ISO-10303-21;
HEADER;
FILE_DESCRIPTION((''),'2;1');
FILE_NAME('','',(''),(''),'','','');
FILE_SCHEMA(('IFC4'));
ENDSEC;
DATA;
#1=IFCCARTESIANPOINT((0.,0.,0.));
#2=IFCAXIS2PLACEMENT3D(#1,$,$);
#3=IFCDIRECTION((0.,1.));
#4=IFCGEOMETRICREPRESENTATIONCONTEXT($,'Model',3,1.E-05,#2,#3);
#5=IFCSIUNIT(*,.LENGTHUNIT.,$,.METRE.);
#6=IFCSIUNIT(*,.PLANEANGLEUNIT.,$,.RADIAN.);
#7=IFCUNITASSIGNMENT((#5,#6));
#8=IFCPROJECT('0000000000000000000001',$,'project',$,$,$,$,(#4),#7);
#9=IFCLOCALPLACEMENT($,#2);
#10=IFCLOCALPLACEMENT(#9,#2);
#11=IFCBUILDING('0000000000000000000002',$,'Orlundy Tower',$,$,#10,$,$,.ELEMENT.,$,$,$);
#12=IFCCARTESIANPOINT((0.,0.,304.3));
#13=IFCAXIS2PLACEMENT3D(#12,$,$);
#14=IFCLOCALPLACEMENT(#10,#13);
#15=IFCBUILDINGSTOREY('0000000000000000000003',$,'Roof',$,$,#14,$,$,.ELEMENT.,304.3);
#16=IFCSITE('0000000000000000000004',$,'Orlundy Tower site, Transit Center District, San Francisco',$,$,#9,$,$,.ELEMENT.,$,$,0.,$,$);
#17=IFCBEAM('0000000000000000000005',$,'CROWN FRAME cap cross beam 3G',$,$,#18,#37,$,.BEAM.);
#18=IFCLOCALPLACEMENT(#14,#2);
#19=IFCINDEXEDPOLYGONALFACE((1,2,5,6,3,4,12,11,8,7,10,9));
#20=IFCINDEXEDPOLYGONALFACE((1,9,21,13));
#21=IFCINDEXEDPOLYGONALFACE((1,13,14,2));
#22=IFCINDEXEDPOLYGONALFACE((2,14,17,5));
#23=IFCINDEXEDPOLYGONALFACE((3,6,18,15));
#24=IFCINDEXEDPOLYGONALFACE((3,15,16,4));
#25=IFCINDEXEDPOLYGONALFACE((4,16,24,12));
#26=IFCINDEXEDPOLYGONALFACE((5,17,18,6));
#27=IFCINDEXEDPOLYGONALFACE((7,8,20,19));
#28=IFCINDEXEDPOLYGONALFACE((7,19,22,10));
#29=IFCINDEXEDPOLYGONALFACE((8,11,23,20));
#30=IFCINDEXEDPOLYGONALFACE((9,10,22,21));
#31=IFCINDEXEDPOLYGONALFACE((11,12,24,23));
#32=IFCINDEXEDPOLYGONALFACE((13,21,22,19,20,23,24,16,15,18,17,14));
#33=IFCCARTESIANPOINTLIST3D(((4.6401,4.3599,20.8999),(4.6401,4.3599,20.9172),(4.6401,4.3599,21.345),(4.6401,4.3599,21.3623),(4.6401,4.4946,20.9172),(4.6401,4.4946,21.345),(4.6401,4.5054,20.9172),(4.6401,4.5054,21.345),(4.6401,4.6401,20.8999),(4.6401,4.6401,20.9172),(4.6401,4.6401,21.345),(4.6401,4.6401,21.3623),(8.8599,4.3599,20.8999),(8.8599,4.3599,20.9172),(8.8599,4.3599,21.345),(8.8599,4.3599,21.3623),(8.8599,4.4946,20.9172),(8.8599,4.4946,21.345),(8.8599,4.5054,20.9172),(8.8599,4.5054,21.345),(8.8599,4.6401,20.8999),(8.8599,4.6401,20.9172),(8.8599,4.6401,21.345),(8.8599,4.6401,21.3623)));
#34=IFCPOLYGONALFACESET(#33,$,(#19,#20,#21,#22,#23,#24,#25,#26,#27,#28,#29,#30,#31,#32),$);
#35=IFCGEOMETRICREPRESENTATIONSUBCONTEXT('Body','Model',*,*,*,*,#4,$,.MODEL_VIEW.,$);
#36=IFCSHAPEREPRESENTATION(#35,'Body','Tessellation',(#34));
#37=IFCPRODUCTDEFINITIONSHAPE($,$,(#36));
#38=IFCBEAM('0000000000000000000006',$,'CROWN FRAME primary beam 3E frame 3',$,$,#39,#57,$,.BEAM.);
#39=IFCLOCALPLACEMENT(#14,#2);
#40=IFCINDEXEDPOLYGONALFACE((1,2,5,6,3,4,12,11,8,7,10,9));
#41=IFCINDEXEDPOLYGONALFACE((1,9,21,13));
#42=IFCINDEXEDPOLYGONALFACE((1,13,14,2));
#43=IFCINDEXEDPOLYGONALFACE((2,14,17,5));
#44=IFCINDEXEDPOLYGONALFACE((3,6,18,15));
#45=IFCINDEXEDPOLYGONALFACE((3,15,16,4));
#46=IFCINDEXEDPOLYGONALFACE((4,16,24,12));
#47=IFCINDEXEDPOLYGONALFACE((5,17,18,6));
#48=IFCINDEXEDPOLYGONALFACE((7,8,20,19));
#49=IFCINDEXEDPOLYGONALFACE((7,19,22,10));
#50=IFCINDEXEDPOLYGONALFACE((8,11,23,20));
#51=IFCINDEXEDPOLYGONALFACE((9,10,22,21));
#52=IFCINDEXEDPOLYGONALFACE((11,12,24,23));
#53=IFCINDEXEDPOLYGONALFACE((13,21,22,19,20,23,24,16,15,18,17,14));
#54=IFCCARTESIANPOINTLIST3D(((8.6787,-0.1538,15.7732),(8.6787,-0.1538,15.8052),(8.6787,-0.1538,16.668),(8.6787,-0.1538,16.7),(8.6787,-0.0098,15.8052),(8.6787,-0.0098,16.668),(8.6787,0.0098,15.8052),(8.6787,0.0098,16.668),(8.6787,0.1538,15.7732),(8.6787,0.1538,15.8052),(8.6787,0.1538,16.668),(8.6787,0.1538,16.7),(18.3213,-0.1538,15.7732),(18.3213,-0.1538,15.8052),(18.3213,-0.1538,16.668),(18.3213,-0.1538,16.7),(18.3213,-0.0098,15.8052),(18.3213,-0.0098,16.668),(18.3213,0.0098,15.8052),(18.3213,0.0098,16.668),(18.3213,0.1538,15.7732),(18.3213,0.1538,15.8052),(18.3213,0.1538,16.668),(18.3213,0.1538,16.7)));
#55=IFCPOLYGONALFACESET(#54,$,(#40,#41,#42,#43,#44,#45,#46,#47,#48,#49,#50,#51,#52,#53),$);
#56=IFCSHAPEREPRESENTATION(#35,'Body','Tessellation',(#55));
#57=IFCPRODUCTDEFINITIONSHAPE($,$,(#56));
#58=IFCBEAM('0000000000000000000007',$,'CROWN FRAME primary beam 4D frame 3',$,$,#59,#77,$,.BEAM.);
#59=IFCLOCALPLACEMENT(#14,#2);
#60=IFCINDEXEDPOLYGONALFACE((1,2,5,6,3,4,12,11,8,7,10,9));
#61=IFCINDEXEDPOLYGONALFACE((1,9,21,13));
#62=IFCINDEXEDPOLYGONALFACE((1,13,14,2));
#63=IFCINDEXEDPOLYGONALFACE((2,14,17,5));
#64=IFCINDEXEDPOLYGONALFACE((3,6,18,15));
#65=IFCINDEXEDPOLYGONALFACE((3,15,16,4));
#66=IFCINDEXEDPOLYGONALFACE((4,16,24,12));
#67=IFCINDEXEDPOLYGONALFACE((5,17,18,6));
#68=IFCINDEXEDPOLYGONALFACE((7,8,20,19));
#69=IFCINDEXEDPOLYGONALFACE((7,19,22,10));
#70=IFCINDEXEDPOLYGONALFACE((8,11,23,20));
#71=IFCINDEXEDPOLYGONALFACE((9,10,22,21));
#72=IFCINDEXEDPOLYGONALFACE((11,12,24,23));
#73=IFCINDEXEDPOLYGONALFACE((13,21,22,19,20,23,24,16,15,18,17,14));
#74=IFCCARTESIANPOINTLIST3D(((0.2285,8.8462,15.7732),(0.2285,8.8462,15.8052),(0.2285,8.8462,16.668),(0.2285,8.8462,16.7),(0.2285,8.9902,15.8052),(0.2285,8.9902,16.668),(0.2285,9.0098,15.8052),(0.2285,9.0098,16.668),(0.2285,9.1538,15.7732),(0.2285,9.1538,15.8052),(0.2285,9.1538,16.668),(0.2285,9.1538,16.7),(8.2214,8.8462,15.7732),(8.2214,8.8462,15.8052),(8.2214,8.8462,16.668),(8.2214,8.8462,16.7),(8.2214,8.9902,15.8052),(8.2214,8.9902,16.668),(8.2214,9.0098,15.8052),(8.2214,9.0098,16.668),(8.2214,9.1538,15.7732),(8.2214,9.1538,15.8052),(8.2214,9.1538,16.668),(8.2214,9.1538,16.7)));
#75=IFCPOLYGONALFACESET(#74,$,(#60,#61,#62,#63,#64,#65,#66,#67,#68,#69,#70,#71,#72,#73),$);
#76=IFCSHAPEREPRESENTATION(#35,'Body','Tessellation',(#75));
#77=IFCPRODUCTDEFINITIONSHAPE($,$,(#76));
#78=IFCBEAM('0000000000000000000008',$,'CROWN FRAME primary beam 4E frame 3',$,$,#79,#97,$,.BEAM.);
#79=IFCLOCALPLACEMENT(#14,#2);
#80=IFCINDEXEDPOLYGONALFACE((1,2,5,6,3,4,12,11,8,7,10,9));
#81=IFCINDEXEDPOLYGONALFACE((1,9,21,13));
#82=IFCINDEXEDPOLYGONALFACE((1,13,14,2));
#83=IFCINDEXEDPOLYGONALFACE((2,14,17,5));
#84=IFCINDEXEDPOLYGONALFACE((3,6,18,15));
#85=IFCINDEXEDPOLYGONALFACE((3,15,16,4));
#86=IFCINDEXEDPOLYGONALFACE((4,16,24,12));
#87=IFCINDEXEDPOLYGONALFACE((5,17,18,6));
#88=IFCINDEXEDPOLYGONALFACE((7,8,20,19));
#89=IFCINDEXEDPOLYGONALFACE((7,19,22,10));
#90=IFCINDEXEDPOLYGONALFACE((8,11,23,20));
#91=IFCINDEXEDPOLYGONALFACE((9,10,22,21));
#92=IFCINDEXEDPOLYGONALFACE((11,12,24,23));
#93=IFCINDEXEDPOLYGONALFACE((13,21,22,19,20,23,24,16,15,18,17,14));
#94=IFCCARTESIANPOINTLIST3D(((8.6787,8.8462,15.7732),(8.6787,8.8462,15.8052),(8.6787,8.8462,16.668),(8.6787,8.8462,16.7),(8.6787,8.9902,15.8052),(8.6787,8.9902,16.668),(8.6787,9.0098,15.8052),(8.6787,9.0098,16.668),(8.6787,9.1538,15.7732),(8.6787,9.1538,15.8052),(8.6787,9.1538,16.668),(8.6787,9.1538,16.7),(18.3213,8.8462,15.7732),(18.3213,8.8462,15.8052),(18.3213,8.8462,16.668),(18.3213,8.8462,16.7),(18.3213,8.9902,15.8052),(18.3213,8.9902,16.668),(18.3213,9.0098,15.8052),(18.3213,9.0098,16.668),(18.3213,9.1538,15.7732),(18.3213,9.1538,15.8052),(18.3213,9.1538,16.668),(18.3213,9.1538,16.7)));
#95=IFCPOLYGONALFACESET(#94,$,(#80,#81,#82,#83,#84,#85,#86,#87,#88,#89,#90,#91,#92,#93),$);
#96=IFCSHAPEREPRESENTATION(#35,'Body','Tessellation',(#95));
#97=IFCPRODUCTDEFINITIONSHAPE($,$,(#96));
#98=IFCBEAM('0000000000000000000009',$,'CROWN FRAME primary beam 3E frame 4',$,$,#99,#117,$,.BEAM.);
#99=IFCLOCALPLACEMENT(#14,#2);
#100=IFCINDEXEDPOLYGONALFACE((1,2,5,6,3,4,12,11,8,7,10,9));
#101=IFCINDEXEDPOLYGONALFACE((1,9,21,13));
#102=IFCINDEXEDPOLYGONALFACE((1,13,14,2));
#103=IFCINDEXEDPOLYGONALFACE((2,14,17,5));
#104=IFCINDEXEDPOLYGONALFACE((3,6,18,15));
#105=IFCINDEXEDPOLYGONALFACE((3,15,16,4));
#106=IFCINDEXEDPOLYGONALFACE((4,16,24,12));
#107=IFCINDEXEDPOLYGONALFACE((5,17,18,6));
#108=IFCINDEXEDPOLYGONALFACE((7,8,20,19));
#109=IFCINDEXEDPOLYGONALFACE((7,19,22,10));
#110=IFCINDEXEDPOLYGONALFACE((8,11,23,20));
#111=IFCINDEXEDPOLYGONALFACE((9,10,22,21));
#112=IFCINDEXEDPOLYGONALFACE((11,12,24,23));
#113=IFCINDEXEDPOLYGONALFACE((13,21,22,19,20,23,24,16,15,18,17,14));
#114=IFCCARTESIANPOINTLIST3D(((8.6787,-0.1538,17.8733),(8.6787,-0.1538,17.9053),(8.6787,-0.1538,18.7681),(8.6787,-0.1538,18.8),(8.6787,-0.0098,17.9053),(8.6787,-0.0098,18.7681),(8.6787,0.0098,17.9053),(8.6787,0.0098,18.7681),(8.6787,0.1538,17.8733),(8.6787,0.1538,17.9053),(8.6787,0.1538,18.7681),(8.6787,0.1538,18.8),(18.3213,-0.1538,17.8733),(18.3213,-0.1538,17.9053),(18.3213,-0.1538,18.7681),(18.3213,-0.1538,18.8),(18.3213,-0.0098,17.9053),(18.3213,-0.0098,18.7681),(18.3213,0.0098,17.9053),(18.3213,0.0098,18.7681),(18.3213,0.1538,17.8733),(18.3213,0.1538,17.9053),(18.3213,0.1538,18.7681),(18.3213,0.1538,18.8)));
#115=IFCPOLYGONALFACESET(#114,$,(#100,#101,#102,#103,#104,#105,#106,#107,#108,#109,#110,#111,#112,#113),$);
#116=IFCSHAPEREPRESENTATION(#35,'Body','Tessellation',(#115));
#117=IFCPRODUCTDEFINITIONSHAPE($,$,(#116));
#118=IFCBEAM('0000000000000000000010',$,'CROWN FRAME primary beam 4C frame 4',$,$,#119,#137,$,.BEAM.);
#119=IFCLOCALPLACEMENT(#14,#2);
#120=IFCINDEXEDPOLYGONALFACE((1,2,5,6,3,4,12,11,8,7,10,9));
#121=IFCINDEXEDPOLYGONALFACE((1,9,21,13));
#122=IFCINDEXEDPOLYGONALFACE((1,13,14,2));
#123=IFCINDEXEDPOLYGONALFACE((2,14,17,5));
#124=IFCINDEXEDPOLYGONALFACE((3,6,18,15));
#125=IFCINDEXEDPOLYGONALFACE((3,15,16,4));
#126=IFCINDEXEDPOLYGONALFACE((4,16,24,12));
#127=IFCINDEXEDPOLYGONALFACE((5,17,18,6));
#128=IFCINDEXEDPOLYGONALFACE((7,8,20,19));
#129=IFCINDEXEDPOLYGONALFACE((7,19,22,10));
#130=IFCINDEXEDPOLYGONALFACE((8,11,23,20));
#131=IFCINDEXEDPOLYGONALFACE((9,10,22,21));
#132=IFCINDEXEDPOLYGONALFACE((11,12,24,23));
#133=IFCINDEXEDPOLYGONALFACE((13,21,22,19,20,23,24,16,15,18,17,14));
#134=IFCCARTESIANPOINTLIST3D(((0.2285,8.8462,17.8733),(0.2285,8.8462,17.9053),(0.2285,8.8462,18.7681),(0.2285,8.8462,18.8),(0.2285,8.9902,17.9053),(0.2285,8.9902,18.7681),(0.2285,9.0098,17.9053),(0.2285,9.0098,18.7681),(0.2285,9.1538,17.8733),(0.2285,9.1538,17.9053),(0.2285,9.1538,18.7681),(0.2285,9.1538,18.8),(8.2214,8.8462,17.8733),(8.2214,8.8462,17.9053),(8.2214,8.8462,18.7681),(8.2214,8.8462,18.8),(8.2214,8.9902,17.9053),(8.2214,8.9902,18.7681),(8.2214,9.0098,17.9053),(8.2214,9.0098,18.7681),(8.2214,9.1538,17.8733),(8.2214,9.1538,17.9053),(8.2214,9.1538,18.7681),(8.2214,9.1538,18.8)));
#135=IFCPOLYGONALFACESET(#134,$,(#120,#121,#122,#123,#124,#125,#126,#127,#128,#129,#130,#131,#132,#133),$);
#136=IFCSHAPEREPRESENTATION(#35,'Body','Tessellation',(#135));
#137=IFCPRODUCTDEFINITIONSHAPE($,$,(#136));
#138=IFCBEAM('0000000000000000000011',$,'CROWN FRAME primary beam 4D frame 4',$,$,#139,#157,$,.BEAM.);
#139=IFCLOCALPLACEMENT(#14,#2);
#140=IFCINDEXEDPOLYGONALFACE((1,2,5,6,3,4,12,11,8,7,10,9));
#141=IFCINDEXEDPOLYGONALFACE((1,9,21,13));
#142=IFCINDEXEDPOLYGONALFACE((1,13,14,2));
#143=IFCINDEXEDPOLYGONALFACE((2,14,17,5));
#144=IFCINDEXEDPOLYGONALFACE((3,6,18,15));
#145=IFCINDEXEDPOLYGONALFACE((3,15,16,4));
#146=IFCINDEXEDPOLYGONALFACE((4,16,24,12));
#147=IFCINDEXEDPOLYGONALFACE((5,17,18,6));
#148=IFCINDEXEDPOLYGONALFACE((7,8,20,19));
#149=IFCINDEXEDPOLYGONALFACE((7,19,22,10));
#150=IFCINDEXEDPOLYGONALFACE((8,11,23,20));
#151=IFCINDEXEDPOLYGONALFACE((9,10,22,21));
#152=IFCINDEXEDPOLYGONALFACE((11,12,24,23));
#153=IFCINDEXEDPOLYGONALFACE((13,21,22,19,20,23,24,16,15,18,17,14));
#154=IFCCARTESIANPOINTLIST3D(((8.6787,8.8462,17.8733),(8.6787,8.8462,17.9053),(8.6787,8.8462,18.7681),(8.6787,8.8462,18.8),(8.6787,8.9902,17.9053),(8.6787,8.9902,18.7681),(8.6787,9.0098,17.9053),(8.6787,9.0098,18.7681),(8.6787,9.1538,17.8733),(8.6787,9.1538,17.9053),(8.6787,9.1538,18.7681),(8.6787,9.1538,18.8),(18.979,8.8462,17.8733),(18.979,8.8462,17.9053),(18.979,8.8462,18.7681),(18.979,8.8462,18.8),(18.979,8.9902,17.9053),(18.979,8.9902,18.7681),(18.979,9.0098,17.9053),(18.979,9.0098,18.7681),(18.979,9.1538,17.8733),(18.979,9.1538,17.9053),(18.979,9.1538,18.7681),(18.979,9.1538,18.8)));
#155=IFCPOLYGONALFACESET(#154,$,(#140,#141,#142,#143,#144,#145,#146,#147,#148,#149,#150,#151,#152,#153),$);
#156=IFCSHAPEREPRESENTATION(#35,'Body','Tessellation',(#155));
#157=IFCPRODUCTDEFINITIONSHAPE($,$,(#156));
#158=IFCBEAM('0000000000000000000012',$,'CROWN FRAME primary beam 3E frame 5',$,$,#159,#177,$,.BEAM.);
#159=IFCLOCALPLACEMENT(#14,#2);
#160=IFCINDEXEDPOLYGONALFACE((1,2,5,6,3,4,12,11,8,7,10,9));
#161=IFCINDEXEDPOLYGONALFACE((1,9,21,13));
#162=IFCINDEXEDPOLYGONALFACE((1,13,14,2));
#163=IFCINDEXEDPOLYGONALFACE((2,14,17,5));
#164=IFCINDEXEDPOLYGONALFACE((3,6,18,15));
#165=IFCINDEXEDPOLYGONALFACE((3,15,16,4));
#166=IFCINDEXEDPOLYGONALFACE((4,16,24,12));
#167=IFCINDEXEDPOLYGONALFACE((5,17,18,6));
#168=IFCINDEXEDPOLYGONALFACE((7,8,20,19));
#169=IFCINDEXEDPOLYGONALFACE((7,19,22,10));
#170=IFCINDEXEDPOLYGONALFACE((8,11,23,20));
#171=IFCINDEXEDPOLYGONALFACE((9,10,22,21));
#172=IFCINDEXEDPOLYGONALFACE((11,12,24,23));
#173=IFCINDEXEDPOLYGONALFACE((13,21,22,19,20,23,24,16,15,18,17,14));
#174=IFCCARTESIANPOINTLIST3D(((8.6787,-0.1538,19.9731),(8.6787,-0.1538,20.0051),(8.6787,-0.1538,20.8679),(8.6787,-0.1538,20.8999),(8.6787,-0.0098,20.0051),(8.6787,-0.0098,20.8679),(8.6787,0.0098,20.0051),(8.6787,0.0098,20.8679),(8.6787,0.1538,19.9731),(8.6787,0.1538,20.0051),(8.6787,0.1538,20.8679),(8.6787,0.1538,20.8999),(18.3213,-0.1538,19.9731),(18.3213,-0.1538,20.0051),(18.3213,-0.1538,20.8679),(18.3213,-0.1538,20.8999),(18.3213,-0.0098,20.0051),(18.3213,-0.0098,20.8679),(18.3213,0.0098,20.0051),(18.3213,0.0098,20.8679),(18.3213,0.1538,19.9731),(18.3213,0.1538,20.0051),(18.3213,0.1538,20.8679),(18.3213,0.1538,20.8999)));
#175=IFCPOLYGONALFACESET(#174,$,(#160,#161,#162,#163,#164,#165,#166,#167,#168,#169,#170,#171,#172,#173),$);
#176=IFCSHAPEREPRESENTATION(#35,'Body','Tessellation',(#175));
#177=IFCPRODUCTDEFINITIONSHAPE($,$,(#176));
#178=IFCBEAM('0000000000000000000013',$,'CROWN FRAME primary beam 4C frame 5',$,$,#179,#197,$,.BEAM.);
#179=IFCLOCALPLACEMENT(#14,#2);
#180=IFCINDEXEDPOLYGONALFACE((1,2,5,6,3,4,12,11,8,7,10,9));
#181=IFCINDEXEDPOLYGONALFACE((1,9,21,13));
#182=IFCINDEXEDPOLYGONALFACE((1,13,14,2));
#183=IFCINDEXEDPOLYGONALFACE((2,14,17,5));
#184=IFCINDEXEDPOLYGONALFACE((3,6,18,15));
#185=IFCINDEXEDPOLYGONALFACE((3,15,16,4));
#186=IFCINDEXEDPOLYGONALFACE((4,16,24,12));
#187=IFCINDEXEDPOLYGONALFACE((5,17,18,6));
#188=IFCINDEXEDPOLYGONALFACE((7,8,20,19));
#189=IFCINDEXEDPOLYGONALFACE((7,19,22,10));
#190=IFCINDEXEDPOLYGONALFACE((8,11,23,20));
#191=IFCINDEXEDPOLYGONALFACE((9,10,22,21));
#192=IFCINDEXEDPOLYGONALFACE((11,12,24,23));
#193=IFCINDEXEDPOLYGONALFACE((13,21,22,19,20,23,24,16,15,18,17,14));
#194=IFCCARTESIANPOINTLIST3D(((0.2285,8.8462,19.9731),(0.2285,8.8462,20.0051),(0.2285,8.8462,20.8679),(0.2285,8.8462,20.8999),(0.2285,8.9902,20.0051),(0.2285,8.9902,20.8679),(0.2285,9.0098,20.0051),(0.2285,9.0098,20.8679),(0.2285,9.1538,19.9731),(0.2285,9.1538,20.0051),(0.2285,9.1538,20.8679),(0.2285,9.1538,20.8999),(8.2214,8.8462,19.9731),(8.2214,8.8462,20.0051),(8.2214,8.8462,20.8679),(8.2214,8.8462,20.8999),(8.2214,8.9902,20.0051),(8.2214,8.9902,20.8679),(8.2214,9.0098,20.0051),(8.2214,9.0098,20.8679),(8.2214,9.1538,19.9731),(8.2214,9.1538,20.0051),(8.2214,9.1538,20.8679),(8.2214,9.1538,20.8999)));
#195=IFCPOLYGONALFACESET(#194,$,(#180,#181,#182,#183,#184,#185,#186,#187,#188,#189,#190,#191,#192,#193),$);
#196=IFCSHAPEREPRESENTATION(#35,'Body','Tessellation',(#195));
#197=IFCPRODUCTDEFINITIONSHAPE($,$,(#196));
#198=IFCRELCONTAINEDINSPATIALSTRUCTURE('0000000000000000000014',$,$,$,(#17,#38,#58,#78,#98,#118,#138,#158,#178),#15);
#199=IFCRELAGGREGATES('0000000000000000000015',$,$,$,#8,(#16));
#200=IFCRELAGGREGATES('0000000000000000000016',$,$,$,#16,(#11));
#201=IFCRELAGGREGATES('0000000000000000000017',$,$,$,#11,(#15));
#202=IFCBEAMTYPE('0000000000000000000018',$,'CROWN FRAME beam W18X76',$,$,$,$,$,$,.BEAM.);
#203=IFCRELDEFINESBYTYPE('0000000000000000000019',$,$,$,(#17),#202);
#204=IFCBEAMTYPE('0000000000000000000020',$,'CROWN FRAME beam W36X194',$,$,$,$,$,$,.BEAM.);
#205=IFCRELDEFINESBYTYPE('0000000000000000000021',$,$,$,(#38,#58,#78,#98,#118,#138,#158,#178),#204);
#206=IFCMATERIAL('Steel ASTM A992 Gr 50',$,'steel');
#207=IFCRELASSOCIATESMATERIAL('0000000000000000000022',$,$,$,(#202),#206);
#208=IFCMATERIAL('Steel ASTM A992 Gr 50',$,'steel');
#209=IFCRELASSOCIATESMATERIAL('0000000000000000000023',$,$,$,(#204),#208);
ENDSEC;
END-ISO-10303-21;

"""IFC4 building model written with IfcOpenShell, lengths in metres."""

from ifc_helpers import new_model, si_unit, direction, frame, origin, origin_2d, place, context, subcontext, project, spatial, i_section, extrude, material, material_profile, profile_set, type_object, element, save


model = new_model("IFC4")

# Units and contexts
model_context = context("Model", 3, precision=1e-05, world=origin(), true_north=direction((0.0, 1.0)))
body_context = subcontext(model_context, "Body", "Model", "MODEL_VIEW")
ifc_project = project(units=[si_unit("LENGTHUNIT", "METRE"), si_unit("PLANEANGLEUNIT", "RADIAN")], contexts=[model_context])

# Site, building, storey
site_placement = place(None, origin())
site = spatial("IfcSite", under=ifc_project, at=site_placement, Name="Orlundy Tower site, Transit Center District, San Francisco", CompositionType="ELEMENT", RefElevation=0.0)
building_placement = place(site_placement, origin())
building = spatial("IfcBuilding", under=site, at=building_placement, Name="Orlundy Tower", CompositionType="ELEMENT")
storey_placement = place(building_placement, frame((0.0, 0.0, 304.3)))
storey = spatial("IfcBuildingStorey", under=building, at=storey_placement, Name="Roof", CompositionType="ELEMENT", Elevation=304.3)

# Beams
ifc_material_1 = material(Name="Steel ASTM A992 Gr 50", Category="steel")
ifc_material_profile_1 = material_profile(ifc_material_1, i_section(OverallWidth=0.2803, OverallDepth=0.4624, WebThickness=0.0107, FlangeThickness=0.0173, at=origin_2d()), Name="W18X76")
ifc_profile_set_1 = profile_set([ifc_material_profile_1], Name="Steel ASTM A992 Gr 50")
beam_type_1 = type_object("IfcBeamType", Name="CROWN FRAME beam W18X76", PredefinedType="BEAM", material=ifc_profile_set_1)
for number, where, z_axis, x_axis, name in (
    (1, (4.6401, 4.5, 21.1311), (1.0, 0.0, 0.0), (0.0, 1.0, 0.0), "CROWN FRAME cap cross beam 3G"),
):
    element("IfcBeam", number, at=place(storey_placement, frame(where, z_axis=z_axis, x_axis=x_axis)), inside=storey, type_object=beam_type_1, Name=name, PredefinedType="BEAM", context=body_context, shape_type="SweptSolid", body=[
        extrude(i_section(OverallWidth=0.2803, OverallDepth=0.4624, WebThickness=0.0107, FlangeThickness=0.0173, at=origin_2d()), origin(), (0.0, 0.0, 1.0), 4.2197),
    ])
ifc_material_2 = material(Name="Steel ASTM A992 Gr 50", Category="steel")
ifc_material_profile_2 = material_profile(ifc_material_2, i_section(OverallWidth=0.3076, OverallDepth=0.9268, WebThickness=0.0195, FlangeThickness=0.032, at=origin_2d()), Name="W36X194")
ifc_profile_set_2 = profile_set([ifc_material_profile_2], Name="Steel ASTM A992 Gr 50")
beam_type_2 = type_object("IfcBeamType", Name="CROWN FRAME beam W36X194", PredefinedType="BEAM", material=ifc_profile_set_2)
beam_1_placement = place(storey_placement, frame((8.6787, 0.0, 16.2366), z_axis=(1.0, 0.0, 0.0), x_axis=(0.0, 1.0, 0.0)))
element("IfcBeam", 2, at=beam_1_placement, inside=storey, type_object=beam_type_2, Name="CROWN FRAME primary beam 3E frame 3", PredefinedType="BEAM", context=body_context, shape_type="SweptSolid", body=[
    extrude(i_section(OverallWidth=0.3076, OverallDepth=0.9268, WebThickness=0.0195, FlangeThickness=0.032, at=origin_2d()), origin(), (0.0, 0.0, 1.0), 9.6426),
])
beam_2_placement = place(storey_placement, frame((0.2285, 9.0, 16.2366), z_axis=(1.0, 0.0, 0.0), x_axis=(0.0, 1.0, 0.0)))
element("IfcBeam", 3, at=beam_2_placement, inside=storey, type_object=beam_type_2, Name="CROWN FRAME primary beam 4D frame 3", PredefinedType="BEAM", context=body_context, shape_type="SweptSolid", body=[
    extrude(i_section(OverallWidth=0.3076, OverallDepth=0.9268, WebThickness=0.0195, FlangeThickness=0.032, at=origin_2d()), origin(), (0.0, 0.0, 1.0), 7.9929),
])
for number, where, z_axis, x_axis, name in (
    (4, (8.6787, 9.0, 16.2366), (1.0, 0.0, 0.0), (0.0, 1.0, 0.0), "CROWN FRAME primary beam 4E frame 3"),
    (5, (8.6787, 0.0, 18.3367), (1.0, 0.0, 0.0), (0.0, 1.0, 0.0), "CROWN FRAME primary beam 3E frame 4"),
):
    element("IfcBeam", number, at=place(storey_placement, frame(where, z_axis=z_axis, x_axis=x_axis)), inside=storey, type_object=beam_type_2, Name=name, PredefinedType="BEAM", context=body_context, shape_type="SweptSolid", body=[
        extrude(i_section(OverallWidth=0.3076, OverallDepth=0.9268, WebThickness=0.0195, FlangeThickness=0.032, at=origin_2d()), origin(), (0.0, 0.0, 1.0), 9.6426),
    ])
beam_3_placement = place(storey_placement, frame((0.2285, 9.0, 18.3367), z_axis=(1.0, 0.0, 0.0), x_axis=(0.0, 1.0, 0.0)))
element("IfcBeam", 6, at=beam_3_placement, inside=storey, type_object=beam_type_2, Name="CROWN FRAME primary beam 4C frame 4", PredefinedType="BEAM", context=body_context, shape_type="SweptSolid", body=[
    extrude(i_section(OverallWidth=0.3076, OverallDepth=0.9268, WebThickness=0.0195, FlangeThickness=0.032, at=origin_2d()), origin(), (0.0, 0.0, 1.0), 7.9929),
])
beam_4_placement = place(storey_placement, frame((8.6787, 9.0, 18.3367), z_axis=(1.0, 0.0, 0.0), x_axis=(0.0, 1.0, 0.0)))
element("IfcBeam", 7, at=beam_4_placement, inside=storey, type_object=beam_type_2, Name="CROWN FRAME primary beam 4D frame 4", PredefinedType="BEAM", context=body_context, shape_type="SweptSolid", body=[
    extrude(i_section(OverallWidth=0.3076, OverallDepth=0.9268, WebThickness=0.0195, FlangeThickness=0.032, at=origin_2d()), origin(), (0.0, 0.0, 1.0), 10.3003),
])
beam_5_placement = place(storey_placement, frame((8.6787, 0.0, 20.4365), z_axis=(1.0, 0.0, 0.0), x_axis=(0.0, 1.0, 0.0)))
element("IfcBeam", 8, at=beam_5_placement, inside=storey, type_object=beam_type_2, Name="CROWN FRAME primary beam 3E frame 5", PredefinedType="BEAM", context=body_context, shape_type="SweptSolid", body=[
    extrude(i_section(OverallWidth=0.3076, OverallDepth=0.9268, WebThickness=0.0195, FlangeThickness=0.032, at=origin_2d()), origin(), (0.0, 0.0, 1.0), 9.6426),
])
beam_6_placement = place(storey_placement, frame((0.2285, 9.0, 20.4365), z_axis=(1.0, 0.0, 0.0), x_axis=(0.0, 1.0, 0.0)))
element("IfcBeam", 9, at=beam_6_placement, inside=storey, type_object=beam_type_2, Name="CROWN FRAME primary beam 4C frame 5", PredefinedType="BEAM", context=body_context, shape_type="SweptSolid", body=[
    extrude(i_section(OverallWidth=0.3076, OverallDepth=0.9268, WebThickness=0.0195, FlangeThickness=0.032, at=origin_2d()), origin(), (0.0, 0.0, 1.0), 7.9929),
])

save(model, "model.ifc")
